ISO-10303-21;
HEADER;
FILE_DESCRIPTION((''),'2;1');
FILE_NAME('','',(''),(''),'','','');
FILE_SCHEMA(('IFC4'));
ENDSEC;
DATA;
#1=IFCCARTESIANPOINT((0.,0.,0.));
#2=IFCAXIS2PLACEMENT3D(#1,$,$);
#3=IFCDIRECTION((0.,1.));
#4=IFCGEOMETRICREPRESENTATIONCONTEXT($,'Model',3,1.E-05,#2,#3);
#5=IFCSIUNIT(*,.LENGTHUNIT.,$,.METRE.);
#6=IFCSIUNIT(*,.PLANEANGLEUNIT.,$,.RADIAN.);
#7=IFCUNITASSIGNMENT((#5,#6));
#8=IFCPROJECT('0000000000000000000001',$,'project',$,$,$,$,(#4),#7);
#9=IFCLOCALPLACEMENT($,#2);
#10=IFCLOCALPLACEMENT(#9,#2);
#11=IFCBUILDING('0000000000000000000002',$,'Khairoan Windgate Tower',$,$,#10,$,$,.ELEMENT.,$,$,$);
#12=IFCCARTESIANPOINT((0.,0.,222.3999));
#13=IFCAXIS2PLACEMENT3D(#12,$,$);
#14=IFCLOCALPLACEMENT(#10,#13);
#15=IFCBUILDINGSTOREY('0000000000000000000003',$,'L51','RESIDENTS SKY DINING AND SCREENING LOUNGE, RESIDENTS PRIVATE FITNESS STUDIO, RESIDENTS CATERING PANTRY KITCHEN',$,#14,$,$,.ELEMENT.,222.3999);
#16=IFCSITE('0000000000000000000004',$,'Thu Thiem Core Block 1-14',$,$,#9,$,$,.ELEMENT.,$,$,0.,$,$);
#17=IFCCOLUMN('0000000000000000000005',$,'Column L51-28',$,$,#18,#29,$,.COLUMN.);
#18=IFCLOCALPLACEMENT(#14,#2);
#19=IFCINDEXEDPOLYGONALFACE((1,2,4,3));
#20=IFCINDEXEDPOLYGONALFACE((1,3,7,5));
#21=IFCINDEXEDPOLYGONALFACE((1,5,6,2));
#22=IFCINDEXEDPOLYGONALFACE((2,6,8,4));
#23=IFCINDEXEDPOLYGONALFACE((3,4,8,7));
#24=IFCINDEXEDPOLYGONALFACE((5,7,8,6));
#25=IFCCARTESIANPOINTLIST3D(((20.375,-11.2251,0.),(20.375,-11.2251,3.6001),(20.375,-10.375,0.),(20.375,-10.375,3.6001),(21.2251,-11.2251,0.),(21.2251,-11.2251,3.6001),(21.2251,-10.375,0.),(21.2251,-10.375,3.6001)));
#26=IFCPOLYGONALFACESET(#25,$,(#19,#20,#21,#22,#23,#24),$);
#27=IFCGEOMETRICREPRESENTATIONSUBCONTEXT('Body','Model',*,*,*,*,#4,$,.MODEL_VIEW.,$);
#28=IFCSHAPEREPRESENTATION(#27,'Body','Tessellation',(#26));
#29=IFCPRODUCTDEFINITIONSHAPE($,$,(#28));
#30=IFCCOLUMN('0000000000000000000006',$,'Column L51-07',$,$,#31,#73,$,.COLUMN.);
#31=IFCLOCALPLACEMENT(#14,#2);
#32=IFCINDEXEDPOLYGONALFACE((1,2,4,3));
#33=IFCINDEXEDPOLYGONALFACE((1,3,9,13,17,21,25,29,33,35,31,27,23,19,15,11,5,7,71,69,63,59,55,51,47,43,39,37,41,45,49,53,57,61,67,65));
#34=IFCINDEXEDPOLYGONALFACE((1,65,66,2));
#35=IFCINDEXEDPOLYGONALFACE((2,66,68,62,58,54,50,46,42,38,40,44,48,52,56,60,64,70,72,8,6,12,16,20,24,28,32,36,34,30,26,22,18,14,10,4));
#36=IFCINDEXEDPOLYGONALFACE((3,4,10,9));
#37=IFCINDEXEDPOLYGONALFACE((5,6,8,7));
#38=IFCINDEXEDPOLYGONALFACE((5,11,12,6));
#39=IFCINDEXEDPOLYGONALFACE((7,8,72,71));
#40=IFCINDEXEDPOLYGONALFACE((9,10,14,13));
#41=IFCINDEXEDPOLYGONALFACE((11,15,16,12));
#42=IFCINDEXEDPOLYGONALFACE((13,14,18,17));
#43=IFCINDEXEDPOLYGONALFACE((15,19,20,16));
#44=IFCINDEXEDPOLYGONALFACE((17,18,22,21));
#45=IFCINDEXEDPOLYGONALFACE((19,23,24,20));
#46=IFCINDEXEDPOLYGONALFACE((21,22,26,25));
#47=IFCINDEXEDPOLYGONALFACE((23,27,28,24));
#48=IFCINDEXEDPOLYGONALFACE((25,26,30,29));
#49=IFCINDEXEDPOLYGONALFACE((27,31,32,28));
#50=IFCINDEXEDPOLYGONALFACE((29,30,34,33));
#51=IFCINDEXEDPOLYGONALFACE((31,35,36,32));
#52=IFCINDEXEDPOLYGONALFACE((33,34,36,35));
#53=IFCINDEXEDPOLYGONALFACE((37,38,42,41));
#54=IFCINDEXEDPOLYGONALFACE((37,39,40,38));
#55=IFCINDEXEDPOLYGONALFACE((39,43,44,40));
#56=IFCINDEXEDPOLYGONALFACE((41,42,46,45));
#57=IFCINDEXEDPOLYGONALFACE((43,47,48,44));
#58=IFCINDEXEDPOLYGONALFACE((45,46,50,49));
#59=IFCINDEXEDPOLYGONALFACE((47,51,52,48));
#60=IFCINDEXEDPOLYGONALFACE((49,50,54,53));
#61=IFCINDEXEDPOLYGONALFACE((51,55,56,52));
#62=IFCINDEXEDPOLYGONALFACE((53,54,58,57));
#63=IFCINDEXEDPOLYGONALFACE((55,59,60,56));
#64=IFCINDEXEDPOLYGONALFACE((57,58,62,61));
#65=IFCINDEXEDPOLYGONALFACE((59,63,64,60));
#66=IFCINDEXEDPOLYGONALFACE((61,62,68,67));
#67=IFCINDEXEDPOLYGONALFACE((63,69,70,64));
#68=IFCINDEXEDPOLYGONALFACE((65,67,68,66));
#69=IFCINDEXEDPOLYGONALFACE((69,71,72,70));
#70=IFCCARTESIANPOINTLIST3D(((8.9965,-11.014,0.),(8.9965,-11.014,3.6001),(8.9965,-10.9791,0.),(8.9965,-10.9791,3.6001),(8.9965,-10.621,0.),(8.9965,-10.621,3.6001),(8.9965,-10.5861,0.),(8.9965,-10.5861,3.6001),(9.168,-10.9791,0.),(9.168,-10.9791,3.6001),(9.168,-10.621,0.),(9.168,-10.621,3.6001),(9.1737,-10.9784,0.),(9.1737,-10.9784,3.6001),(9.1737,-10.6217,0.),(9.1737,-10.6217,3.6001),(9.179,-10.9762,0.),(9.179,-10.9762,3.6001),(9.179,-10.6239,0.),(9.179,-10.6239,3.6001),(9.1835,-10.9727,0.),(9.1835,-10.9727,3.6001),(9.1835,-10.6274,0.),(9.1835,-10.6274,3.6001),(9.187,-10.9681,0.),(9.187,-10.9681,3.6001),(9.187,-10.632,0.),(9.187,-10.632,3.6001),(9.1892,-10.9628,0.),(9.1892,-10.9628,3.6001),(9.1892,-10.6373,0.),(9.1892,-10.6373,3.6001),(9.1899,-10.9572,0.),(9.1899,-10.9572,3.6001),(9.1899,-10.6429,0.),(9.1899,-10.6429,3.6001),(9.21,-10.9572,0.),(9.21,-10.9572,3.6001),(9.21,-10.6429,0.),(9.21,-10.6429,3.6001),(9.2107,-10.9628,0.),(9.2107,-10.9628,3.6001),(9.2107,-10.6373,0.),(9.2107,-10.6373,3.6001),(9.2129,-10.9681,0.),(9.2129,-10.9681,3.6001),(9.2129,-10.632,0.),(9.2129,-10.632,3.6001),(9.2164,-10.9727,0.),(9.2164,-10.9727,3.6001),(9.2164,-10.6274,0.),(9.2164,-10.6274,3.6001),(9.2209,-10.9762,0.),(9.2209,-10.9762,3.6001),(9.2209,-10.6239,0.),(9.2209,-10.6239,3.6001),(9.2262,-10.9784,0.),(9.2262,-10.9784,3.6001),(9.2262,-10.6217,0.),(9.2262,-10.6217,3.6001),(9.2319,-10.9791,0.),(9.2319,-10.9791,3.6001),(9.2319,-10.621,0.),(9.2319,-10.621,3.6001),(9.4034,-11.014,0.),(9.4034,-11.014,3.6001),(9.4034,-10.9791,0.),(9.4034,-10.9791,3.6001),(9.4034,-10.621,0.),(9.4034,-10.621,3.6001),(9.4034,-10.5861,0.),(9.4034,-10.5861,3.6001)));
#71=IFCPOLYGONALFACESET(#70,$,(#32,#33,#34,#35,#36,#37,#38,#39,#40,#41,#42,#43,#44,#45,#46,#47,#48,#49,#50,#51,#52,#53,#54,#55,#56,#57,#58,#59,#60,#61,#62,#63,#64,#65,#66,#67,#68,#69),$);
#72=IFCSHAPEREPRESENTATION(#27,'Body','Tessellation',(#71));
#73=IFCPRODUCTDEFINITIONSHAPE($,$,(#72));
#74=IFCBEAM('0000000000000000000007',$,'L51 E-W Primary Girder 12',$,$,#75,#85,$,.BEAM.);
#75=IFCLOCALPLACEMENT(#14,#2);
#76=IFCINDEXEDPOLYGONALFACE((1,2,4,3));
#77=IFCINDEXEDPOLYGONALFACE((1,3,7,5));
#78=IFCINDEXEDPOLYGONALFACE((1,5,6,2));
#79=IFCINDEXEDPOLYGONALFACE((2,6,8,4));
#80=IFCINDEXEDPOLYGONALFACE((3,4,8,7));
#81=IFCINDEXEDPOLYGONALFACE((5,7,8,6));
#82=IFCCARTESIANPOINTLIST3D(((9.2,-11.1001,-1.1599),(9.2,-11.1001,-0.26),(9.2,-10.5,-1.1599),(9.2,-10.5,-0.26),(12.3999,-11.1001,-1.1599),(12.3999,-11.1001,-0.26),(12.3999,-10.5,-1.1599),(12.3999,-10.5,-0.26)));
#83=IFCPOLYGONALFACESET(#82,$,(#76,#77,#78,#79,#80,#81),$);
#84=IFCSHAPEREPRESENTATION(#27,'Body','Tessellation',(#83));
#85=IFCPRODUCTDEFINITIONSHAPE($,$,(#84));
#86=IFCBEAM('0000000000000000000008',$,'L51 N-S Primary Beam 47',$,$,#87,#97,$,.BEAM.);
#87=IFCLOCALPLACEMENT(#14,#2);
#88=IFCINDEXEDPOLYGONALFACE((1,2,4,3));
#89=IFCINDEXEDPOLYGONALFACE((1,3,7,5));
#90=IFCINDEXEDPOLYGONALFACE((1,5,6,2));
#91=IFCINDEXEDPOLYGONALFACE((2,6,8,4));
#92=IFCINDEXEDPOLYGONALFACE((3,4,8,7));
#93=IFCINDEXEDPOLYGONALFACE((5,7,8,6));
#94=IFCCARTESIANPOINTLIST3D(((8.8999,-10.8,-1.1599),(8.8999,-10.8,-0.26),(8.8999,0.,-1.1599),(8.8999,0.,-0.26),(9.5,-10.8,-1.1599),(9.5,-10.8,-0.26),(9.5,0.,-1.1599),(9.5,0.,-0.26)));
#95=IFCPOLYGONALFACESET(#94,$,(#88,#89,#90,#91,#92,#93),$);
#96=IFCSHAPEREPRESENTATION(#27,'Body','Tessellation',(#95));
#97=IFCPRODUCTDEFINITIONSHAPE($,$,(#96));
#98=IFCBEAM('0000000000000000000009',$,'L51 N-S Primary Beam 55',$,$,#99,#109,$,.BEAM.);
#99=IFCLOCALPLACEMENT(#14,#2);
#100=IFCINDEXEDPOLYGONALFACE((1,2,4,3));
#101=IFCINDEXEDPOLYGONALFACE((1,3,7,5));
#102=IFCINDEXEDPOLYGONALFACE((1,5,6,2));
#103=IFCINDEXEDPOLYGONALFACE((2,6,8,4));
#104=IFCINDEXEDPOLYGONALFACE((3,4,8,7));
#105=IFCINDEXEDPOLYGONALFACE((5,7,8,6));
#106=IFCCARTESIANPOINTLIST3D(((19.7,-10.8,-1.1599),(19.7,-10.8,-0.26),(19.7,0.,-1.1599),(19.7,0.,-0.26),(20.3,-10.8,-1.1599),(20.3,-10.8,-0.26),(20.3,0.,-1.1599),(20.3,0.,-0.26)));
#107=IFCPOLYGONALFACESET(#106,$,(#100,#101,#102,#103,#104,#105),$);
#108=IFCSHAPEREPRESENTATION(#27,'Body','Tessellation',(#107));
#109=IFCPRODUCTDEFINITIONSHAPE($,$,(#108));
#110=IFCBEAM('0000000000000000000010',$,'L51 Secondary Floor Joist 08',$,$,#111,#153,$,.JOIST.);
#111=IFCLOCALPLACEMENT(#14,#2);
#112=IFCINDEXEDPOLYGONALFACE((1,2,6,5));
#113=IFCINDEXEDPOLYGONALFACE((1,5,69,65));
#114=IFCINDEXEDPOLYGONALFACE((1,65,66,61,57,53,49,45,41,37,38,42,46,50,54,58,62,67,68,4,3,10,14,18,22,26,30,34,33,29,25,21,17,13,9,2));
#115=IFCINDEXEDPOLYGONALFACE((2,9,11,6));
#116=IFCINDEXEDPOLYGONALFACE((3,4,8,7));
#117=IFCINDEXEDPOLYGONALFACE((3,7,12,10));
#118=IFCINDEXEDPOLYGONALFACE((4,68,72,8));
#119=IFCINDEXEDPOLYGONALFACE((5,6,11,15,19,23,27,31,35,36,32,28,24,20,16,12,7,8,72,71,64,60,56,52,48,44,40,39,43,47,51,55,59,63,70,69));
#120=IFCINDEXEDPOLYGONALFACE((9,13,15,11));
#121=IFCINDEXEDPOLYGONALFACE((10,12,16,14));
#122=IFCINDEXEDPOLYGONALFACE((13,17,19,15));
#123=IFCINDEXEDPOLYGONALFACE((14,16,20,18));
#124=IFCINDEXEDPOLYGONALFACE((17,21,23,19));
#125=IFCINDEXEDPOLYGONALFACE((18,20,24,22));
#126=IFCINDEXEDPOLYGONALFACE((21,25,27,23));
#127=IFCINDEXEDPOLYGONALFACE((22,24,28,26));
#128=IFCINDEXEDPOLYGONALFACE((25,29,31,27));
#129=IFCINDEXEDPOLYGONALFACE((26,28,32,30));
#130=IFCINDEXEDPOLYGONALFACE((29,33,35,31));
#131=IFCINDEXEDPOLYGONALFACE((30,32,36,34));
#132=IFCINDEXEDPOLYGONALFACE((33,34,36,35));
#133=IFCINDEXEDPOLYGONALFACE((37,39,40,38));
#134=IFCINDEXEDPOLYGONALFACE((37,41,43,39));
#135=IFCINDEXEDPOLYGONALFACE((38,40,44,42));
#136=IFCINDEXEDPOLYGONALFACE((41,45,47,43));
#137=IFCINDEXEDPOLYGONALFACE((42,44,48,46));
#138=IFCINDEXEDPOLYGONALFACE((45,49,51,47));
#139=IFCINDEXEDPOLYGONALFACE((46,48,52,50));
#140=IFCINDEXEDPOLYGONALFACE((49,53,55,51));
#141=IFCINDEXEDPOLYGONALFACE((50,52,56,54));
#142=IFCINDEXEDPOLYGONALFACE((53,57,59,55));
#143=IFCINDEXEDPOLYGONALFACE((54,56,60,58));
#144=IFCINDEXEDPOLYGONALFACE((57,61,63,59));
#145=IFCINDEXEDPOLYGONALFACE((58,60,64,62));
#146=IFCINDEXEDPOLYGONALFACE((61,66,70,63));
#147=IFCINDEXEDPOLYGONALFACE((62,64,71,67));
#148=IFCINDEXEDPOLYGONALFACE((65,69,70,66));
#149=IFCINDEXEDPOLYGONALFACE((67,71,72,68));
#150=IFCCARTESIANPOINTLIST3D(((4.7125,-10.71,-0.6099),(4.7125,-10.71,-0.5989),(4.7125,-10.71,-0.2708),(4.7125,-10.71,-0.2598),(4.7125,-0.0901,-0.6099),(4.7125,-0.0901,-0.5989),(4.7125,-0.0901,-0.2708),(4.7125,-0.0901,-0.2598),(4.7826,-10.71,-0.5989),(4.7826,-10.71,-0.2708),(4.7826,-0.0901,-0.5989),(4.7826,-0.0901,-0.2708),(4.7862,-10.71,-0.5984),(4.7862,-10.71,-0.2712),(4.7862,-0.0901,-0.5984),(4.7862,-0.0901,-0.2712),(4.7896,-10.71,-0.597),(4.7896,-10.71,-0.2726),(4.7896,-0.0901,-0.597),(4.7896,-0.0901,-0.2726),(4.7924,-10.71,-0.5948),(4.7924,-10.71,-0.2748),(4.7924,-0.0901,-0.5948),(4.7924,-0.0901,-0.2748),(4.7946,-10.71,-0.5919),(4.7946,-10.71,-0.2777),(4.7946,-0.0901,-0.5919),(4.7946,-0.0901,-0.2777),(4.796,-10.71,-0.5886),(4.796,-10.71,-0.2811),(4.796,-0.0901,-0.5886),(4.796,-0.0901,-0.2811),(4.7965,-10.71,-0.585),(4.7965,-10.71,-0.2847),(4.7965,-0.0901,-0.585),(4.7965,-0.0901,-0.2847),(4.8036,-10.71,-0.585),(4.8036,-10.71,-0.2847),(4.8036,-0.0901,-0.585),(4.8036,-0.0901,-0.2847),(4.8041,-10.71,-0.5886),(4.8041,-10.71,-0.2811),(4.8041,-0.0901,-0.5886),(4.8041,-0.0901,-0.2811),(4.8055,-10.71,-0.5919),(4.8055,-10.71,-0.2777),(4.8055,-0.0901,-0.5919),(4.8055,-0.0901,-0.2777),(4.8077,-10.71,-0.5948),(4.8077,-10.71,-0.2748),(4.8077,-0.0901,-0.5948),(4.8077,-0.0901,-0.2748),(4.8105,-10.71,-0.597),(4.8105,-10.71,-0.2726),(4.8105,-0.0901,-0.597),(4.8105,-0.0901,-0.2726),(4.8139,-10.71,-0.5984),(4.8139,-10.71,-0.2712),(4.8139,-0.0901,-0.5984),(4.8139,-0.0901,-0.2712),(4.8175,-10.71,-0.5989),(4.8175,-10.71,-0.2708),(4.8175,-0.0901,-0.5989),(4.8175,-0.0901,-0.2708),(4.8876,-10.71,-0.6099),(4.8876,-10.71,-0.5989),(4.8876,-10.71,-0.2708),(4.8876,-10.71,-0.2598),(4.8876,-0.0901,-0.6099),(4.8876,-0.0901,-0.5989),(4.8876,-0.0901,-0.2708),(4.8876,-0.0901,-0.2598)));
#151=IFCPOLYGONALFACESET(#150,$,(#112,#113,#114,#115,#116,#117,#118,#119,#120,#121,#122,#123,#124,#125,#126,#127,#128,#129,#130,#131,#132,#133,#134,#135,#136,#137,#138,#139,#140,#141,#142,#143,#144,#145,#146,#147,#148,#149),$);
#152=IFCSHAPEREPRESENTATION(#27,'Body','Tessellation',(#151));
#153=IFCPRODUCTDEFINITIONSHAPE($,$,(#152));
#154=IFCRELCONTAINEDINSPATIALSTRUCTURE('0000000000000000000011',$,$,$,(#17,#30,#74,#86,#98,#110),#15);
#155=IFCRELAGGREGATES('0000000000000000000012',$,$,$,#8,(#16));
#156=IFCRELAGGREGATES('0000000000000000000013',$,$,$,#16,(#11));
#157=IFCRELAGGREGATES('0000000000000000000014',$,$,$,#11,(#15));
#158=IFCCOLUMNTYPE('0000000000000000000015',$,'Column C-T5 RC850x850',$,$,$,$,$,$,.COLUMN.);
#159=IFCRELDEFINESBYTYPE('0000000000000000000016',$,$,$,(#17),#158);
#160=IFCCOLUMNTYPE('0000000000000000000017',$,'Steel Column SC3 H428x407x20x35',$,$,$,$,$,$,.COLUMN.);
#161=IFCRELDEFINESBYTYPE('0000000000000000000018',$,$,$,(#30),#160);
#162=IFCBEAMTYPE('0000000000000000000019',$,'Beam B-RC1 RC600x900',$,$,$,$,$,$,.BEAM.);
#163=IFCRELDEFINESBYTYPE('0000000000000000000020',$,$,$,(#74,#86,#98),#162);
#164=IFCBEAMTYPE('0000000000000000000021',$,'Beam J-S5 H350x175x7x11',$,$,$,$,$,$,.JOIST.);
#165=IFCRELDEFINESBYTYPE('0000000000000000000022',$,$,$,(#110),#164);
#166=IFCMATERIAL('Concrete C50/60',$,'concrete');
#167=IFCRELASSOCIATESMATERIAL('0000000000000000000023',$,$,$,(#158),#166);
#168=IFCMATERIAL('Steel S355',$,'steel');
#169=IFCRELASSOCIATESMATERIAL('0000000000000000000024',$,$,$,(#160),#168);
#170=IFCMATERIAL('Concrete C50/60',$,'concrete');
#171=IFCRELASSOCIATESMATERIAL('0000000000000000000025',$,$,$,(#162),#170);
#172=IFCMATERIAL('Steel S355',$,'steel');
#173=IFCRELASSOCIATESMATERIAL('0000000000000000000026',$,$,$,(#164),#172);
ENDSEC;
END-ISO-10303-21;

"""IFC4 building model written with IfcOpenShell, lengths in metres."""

from ifc_helpers import new_model, si_unit, direction, frame, origin, origin_2d, place, context, subcontext, project, spatial, rectangle, i_section, extrude, material, material_profile, profile_set, type_object, element, save


model = new_model("IFC4")

# Units and contexts
model_context = context("Model", 3, precision=1e-05, world=origin(), true_north=direction((0.0, 1.0)))
body_context = subcontext(model_context, "Body", "Model", "MODEL_VIEW")
ifc_project = project(units=[si_unit("LENGTHUNIT", "METRE"), si_unit("PLANEANGLEUNIT", "RADIAN")], contexts=[model_context])

# Site, building, storey
site_placement = place(None, origin())
site = spatial("IfcSite", under=ifc_project, at=site_placement, Name="Thu Thiem Core Block 1-14", CompositionType="ELEMENT", RefElevation=0.0)
building_placement = place(site_placement, origin())
building = spatial("IfcBuilding", under=site, at=building_placement, Name="Khairoan Windgate Tower", CompositionType="ELEMENT")
storey_placement = place(building_placement, frame((0.0, 0.0, 222.3999)))
storey = spatial("IfcBuildingStorey", under=building, at=storey_placement, Name="L51", Description="RESIDENTS SKY DINING AND SCREENING LOUNGE, RESIDENTS PRIVATE FITNESS STUDIO, RESIDENTS CATERING PANTRY KITCHEN", CompositionType="ELEMENT", Elevation=222.3999)

# Columns
ifc_material_1 = material(Name="Concrete C50/60", Category="concrete")
ifc_material_profile_1 = material_profile(ifc_material_1, rectangle(XDim=0.8501, YDim=0.8501, at=origin_2d()))
ifc_profile_set_1 = profile_set([ifc_material_profile_1], Name="Concrete C50/60")
column_type_1 = type_object("IfcColumnType", Name="Column C-T5 RC850x850", PredefinedType="COLUMN", material=ifc_profile_set_1)
column_1_placement = place(storey_placement, frame((20.8, -10.8, 0.0), z_axis=(0.0, 0.0, 1.0), x_axis=(1.0, 0.0, 0.0)))
element("IfcColumn", 1, at=column_1_placement, inside=storey, type_object=column_type_1, Name="Column L51-28", PredefinedType="COLUMN", context=body_context, shape_type="SweptSolid", body=[
    extrude(rectangle(XDim=0.8501, YDim=0.8501, at=origin_2d()), origin(), (0.0, 0.0, 1.0), 3.6001),
])
ifc_material_2 = material(Name="Steel S355", Category="steel")
ifc_material_profile_2 = material_profile(ifc_material_2, i_section(OverallWidth=0.407, OverallDepth=0.428, WebThickness=0.02, FlangeThickness=0.0349, FilletRadius=0.022, at=origin_2d()))
ifc_profile_set_2 = profile_set([ifc_material_profile_2], Name="Steel S355")
column_type_2 = type_object("IfcColumnType", Name="Steel Column SC3 H428x407x20x35", PredefinedType="COLUMN", material=ifc_profile_set_2)
column_2_placement = place(storey_placement, frame((9.2, -10.8, 0.0), z_axis=(0.0, 0.0, 1.0), x_axis=(1.0, 0.0, 0.0)))
element("IfcColumn", 2, at=column_2_placement, inside=storey, type_object=column_type_2, Name="Column L51-07", PredefinedType="COLUMN", context=body_context, shape_type="SweptSolid", body=[
    extrude(i_section(OverallWidth=0.407, OverallDepth=0.428, WebThickness=0.02, FlangeThickness=0.0349, FilletRadius=0.022, at=origin_2d()), origin(), (0.0, 0.0, 1.0), 3.6001),
])

# Beams
ifc_material_3 = material(Name="Concrete C50/60", Category="concrete")
ifc_material_profile_3 = material_profile(ifc_material_3, rectangle(XDim=0.6001, YDim=0.8999, at=origin_2d()))
ifc_profile_set_3 = profile_set([ifc_material_profile_3], Name="Concrete C50/60")
beam_type_1 = type_object("IfcBeamType", Name="Beam B-RC1 RC600x900", PredefinedType="BEAM", material=ifc_profile_set_3)
beam_1_placement = place(storey_placement, frame((9.2, -10.8, -0.71), z_axis=(1.0, 0.0, 0.0), x_axis=(0.0, 1.0, 0.0)))
element("IfcBeam", 3, at=beam_1_placement, inside=storey, type_object=beam_type_1, Name="L51 E-W Primary Girder 12", PredefinedType="BEAM", context=body_context, shape_type="SweptSolid", body=[
    extrude(rectangle(XDim=0.6001, YDim=0.8999, at=origin_2d()), origin(), (0.0, 0.0, 1.0), 3.2),
])
for number, where, z_axis, x_axis, name in (
    (4, (9.2, -10.8, -0.71), (0.0, 1.0, 0.0), (-1.0, 0.0, 0.0), "L51 N-S Primary Beam 47"),
    (5, (20.0, -10.8, -0.71), (0.0, 1.0, 0.0), (-1.0, 0.0, 0.0), "L51 N-S Primary Beam 55"),
):
    element("IfcBeam", number, at=place(storey_placement, frame(where, z_axis=z_axis, x_axis=x_axis)), inside=storey, type_object=beam_type_1, Name=name, PredefinedType="BEAM", context=body_context, shape_type="SweptSolid", body=[
        extrude(rectangle(XDim=0.6001, YDim=0.8999, at=origin_2d()), origin(), (0.0, 0.0, 1.0), 10.8),
    ])
ifc_material_4 = material(Name="Steel S355", Category="steel")
ifc_material_profile_4 = material_profile(ifc_material_4, i_section(OverallWidth=0.175, OverallDepth=0.3501, WebThickness=0.0071, FlangeThickness=0.011, FilletRadius=0.0139, at=origin_2d()))
ifc_profile_set_4 = profile_set([ifc_material_profile_4], Name="Steel S355")
beam_type_2 = type_object("IfcBeamType", Name="Beam J-S5 H350x175x7x11", PredefinedType="JOIST", material=ifc_profile_set_4)
beam_2_placement = place(storey_placement, frame((4.8, -10.71, -0.4348), z_axis=(0.0, 1.0, 0.0), x_axis=(-1.0, 0.0, 0.0)))
element("IfcBeam", 6, at=beam_2_placement, inside=storey, type_object=beam_type_2, Name="L51 Secondary Floor Joist 08", PredefinedType="JOIST", context=body_context, shape_type="SweptSolid", body=[
    extrude(i_section(OverallWidth=0.175, OverallDepth=0.3501, WebThickness=0.0071, FlangeThickness=0.011, FilletRadius=0.0139, at=origin_2d()), origin(), (0.0, 0.0, 1.0), 10.6199),
])

save(model, "model.ifc")
